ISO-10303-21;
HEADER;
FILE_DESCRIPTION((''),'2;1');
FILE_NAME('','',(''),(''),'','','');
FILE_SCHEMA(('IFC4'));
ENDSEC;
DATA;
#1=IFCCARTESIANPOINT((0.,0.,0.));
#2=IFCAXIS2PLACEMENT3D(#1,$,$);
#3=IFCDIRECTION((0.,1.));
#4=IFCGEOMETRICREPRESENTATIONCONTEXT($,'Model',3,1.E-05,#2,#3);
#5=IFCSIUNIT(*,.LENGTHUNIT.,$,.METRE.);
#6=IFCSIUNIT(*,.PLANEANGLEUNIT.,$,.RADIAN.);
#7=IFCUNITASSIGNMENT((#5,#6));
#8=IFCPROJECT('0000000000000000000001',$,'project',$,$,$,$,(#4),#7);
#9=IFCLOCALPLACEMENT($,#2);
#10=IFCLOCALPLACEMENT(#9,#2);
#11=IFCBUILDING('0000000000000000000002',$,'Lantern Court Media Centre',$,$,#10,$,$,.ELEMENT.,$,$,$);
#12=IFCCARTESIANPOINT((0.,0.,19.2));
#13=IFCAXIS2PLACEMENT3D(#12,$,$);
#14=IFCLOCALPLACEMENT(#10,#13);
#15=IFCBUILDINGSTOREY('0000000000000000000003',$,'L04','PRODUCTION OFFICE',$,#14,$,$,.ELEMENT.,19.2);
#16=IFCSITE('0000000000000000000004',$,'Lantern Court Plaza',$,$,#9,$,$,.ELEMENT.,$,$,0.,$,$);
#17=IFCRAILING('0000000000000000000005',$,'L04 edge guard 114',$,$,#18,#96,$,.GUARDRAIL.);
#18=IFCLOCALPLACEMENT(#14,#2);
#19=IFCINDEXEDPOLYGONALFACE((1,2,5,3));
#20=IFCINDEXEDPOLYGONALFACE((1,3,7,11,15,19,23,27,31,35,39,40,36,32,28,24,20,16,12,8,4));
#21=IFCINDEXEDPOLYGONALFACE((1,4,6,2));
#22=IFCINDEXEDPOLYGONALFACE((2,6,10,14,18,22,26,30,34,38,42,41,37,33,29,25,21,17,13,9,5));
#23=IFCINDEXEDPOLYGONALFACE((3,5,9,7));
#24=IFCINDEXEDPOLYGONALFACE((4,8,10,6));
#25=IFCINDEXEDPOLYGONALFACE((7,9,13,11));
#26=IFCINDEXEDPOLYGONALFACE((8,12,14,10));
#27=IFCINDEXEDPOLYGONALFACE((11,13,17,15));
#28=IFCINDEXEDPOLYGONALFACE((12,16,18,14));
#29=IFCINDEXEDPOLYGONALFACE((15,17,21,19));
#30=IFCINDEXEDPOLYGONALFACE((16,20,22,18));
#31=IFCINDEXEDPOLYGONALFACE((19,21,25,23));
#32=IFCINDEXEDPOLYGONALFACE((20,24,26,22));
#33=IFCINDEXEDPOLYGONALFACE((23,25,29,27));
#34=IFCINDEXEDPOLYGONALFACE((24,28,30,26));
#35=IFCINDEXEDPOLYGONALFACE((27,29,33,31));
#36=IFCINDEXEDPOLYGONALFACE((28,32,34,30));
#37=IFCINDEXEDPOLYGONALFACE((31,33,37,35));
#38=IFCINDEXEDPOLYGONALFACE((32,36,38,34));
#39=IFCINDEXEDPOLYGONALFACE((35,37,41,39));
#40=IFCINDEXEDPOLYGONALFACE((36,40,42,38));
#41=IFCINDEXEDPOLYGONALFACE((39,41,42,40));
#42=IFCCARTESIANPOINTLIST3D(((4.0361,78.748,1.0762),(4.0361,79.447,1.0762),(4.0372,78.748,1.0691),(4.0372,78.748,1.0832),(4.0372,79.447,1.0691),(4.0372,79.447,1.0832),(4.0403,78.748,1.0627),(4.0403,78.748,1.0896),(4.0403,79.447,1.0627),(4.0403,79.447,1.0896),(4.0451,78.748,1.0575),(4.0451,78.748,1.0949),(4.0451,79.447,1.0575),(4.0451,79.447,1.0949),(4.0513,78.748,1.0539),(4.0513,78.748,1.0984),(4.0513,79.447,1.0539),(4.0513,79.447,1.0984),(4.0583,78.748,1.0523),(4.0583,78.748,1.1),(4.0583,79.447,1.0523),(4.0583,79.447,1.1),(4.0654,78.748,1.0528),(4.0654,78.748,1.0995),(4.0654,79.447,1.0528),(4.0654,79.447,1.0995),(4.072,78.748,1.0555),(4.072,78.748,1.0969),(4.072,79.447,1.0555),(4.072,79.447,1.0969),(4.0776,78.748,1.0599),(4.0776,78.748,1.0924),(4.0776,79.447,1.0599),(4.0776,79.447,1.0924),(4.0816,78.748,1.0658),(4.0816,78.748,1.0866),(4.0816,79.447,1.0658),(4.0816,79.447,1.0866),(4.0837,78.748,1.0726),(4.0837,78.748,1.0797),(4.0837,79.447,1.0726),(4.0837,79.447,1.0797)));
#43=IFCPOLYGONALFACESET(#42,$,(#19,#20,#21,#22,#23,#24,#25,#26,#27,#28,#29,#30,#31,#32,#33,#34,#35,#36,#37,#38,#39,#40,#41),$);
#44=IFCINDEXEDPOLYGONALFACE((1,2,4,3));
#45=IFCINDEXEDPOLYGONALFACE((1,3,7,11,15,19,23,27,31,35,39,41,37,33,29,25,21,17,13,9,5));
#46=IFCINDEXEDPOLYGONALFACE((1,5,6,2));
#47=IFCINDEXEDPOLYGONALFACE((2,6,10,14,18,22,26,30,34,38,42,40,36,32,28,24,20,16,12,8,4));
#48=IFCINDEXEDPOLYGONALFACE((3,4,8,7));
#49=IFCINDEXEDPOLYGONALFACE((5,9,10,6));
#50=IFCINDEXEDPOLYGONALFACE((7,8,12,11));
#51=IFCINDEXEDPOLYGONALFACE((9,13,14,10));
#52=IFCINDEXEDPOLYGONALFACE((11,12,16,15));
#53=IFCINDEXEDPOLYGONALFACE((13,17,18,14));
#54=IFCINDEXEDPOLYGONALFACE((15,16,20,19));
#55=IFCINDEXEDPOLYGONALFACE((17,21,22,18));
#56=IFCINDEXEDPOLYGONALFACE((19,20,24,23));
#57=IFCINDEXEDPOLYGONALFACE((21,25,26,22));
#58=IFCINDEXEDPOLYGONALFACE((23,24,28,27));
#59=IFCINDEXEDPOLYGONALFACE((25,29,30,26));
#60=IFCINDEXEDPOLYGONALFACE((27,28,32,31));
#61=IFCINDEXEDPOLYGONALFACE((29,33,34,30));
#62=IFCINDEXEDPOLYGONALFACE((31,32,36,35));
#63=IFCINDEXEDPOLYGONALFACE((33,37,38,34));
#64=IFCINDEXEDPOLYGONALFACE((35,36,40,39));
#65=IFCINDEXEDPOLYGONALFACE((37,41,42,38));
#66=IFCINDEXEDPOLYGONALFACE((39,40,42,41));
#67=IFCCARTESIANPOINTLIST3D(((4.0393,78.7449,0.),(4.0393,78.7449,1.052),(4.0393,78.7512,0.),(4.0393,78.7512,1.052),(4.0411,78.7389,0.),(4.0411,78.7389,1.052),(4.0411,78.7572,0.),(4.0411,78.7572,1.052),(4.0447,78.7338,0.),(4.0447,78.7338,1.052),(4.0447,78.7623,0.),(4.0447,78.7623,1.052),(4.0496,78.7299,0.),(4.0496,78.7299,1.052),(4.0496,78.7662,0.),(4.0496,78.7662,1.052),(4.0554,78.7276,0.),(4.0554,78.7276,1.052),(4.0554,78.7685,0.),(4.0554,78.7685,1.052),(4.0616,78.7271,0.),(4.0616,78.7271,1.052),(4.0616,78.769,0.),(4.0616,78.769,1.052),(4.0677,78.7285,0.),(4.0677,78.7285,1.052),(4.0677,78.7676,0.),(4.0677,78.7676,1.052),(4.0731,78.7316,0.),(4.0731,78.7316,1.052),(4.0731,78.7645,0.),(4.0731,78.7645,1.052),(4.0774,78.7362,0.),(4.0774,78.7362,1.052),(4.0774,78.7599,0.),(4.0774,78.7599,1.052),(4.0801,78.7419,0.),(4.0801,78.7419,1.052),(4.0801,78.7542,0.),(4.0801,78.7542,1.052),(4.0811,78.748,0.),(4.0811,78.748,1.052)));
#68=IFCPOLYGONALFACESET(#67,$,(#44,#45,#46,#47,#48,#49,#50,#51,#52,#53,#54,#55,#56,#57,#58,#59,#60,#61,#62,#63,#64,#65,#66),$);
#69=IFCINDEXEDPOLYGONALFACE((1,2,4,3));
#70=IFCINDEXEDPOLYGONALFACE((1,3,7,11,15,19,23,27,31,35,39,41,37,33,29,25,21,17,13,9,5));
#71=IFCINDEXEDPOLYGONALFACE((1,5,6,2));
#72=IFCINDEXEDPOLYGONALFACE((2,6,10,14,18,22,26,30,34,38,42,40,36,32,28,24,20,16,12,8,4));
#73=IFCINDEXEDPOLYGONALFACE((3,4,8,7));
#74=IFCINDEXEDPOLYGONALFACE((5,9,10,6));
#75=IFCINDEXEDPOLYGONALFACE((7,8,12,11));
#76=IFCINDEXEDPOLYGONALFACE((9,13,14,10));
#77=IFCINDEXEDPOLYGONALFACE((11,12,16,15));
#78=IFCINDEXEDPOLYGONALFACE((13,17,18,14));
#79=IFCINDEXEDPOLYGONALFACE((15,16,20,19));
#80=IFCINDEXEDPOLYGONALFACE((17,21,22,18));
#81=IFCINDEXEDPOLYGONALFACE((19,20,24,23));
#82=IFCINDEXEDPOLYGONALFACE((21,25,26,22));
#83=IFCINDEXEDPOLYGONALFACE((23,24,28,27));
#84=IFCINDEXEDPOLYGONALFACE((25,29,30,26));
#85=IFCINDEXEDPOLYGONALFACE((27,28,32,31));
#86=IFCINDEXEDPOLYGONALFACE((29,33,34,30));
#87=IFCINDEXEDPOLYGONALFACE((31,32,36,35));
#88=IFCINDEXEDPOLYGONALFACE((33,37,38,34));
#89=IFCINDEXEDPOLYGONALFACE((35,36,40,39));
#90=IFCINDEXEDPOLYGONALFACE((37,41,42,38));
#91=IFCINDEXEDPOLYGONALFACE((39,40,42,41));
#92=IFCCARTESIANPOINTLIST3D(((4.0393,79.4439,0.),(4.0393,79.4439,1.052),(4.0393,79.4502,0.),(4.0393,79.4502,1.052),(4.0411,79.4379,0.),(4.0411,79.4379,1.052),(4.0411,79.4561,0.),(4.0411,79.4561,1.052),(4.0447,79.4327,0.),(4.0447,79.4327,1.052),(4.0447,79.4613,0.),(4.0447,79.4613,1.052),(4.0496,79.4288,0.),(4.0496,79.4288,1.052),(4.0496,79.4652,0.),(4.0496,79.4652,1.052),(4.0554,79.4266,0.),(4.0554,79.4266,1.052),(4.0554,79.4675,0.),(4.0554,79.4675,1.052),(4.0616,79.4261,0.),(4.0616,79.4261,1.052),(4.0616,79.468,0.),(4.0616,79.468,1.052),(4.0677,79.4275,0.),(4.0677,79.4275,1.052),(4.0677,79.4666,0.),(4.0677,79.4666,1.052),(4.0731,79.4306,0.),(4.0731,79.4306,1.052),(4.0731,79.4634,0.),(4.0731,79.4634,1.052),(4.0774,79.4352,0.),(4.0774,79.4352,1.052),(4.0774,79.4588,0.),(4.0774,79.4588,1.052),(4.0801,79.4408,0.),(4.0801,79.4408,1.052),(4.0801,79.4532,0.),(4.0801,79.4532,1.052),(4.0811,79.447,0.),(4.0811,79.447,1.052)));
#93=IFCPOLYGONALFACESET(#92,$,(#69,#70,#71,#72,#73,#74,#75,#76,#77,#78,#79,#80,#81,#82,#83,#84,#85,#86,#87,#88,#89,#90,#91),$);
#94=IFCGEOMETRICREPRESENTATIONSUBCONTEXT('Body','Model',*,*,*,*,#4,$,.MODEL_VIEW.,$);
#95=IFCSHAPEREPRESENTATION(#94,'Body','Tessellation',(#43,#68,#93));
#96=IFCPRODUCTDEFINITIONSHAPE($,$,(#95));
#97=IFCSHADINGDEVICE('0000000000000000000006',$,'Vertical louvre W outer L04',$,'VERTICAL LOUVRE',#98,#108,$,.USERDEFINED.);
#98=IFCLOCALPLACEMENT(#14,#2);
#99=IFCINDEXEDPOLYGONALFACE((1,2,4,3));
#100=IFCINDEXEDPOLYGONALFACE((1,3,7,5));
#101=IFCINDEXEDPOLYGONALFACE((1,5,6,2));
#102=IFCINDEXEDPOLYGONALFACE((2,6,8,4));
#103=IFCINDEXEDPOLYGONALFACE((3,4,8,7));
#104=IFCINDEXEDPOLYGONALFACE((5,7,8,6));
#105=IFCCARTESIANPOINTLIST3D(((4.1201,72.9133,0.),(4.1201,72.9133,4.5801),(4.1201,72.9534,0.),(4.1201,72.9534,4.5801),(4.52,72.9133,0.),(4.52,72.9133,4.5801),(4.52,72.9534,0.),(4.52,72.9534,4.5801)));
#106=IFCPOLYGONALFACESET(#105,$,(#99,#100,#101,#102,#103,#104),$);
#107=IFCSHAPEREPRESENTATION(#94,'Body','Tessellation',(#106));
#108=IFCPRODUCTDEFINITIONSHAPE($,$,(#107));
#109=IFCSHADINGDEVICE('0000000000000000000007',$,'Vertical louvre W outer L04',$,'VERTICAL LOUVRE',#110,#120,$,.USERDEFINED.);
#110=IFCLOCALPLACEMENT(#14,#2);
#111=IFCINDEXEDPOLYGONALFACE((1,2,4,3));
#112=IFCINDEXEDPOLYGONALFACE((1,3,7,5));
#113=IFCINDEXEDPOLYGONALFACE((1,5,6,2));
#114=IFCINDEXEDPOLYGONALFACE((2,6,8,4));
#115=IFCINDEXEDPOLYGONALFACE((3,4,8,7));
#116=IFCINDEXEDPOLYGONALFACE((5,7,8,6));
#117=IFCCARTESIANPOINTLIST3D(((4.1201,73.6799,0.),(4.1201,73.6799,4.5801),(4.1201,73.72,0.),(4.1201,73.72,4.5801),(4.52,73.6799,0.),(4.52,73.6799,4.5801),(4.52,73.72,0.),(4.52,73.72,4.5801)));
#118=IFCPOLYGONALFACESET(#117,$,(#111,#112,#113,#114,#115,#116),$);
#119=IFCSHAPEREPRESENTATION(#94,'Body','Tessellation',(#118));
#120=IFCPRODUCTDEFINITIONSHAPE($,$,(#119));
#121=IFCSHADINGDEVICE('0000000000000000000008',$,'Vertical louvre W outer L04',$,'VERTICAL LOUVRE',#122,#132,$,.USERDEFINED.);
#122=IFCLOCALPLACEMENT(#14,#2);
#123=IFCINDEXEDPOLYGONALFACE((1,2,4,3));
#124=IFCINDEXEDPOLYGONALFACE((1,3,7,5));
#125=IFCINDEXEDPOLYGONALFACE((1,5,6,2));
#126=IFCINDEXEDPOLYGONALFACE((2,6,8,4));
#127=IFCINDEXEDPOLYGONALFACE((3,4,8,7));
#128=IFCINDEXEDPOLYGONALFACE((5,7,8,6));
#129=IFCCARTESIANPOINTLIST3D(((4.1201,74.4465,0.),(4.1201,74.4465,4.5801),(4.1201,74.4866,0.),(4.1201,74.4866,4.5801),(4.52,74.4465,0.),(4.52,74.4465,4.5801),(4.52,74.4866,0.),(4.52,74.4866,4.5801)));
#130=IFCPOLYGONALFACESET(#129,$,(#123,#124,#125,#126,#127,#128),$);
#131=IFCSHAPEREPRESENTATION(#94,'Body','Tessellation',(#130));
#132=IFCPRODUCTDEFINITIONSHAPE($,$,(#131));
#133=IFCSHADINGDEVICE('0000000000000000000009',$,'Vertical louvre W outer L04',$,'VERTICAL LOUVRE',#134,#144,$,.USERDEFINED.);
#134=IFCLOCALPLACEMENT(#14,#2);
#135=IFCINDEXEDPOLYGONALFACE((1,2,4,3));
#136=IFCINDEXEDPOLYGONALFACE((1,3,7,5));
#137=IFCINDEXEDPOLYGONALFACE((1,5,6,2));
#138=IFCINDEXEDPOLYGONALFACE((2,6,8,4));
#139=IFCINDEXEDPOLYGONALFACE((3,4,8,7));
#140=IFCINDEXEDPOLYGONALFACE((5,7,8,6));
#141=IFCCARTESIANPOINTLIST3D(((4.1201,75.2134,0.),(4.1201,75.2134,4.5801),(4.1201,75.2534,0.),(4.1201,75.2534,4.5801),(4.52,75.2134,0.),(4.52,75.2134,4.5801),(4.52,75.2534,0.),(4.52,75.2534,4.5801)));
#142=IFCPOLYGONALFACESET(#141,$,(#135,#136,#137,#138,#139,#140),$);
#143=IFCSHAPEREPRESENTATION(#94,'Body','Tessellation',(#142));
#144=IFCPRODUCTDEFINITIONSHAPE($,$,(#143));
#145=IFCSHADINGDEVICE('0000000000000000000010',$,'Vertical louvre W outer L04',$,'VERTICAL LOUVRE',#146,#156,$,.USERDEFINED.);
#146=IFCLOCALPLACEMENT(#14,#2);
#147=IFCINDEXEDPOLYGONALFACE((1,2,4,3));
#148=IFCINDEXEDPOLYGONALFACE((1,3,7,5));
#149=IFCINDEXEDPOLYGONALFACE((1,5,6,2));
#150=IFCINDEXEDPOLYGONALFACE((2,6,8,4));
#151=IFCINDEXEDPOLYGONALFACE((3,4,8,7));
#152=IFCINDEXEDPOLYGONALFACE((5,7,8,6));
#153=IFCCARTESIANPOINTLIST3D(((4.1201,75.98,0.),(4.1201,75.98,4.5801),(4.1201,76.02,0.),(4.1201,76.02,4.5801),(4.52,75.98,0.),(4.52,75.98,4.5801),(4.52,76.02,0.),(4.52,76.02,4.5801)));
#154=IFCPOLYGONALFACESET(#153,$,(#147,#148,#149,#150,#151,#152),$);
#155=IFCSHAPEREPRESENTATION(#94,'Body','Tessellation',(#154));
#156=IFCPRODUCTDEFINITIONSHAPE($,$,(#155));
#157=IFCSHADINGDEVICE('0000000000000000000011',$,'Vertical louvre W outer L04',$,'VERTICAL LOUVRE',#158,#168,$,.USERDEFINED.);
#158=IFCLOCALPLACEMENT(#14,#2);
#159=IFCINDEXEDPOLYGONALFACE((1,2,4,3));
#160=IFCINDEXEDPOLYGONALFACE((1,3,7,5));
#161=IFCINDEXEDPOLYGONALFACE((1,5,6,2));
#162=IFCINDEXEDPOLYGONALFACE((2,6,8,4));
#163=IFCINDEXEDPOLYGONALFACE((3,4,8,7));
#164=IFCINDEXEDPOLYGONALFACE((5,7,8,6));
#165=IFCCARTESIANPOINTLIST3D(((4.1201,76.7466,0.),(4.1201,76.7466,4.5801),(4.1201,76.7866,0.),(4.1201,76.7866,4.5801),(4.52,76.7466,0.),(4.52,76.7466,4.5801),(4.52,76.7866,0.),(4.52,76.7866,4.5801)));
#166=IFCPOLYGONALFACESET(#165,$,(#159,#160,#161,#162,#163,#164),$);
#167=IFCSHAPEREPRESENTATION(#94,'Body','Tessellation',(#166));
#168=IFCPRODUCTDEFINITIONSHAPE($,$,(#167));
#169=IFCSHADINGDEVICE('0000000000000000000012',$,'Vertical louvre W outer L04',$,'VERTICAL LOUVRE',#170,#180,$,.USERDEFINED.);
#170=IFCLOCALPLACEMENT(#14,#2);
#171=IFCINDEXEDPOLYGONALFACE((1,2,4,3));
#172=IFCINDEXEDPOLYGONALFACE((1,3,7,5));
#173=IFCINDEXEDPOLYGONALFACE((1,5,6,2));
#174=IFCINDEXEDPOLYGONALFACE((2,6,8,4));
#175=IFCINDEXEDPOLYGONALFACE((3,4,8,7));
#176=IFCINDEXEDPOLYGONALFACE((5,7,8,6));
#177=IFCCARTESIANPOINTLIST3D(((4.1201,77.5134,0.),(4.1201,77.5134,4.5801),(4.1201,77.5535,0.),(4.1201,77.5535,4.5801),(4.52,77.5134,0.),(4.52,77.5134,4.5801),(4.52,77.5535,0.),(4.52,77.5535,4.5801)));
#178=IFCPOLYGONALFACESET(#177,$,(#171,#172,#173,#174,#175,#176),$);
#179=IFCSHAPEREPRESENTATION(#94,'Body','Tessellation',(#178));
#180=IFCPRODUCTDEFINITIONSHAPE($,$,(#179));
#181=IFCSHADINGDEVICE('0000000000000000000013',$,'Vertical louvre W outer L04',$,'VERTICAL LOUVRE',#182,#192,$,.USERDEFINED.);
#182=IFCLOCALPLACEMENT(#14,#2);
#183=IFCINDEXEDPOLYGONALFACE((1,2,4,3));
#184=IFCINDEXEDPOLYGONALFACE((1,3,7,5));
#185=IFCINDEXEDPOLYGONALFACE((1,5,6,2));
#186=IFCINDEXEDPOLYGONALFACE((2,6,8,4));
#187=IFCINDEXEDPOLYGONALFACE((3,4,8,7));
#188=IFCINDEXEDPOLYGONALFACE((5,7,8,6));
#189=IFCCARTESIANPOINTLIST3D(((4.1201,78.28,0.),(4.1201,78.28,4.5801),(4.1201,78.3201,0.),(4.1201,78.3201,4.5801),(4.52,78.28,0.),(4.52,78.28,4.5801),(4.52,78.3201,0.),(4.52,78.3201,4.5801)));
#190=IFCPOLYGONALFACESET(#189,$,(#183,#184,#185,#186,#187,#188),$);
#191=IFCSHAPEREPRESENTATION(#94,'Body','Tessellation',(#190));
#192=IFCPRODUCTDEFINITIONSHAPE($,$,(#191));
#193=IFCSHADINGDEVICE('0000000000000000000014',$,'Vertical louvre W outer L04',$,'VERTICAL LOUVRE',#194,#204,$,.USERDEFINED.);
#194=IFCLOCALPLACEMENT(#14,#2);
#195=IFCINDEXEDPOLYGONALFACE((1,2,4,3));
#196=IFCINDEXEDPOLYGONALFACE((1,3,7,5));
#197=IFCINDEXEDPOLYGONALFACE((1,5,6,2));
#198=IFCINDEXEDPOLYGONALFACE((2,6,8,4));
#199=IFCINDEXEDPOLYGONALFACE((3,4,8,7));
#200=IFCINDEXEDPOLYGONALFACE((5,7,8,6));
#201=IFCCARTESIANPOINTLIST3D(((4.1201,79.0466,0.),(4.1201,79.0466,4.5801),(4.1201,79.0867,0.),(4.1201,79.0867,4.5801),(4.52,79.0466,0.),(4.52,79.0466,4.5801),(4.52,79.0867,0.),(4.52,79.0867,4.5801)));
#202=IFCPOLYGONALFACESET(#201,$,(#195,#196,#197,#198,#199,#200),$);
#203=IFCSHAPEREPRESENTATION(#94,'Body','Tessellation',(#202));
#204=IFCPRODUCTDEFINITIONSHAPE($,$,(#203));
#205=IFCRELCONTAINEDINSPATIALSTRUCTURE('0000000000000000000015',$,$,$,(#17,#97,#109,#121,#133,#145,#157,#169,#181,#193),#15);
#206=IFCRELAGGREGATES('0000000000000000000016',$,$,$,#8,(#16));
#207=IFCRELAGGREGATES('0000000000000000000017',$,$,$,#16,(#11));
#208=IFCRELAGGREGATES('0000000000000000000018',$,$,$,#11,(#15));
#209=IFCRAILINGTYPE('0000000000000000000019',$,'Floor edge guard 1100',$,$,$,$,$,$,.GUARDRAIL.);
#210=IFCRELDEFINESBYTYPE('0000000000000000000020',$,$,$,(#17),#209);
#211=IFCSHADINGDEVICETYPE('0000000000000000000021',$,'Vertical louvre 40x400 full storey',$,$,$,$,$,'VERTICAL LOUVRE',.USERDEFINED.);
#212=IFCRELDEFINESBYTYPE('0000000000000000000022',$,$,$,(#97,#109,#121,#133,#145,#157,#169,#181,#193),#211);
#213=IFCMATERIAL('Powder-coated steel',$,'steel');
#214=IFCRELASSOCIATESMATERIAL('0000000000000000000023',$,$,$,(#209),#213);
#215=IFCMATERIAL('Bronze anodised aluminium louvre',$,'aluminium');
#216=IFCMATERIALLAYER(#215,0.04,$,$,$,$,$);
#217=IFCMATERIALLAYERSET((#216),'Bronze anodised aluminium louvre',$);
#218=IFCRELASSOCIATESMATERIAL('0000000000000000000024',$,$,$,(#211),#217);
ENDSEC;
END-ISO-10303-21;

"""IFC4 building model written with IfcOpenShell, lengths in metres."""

from ifc_helpers import new_model, si_unit, direction, frame, origin, origin_2d, place, context, subcontext, project, spatial, rectangle, circle, extrude, material, layer, layer_set, type_object, element, save


model = new_model("IFC4")

# Units and contexts
model_context = context("Model", 3, precision=1e-05, world=origin(), true_north=direction((0.0, 1.0)))
body_context = subcontext(model_context, "Body", "Model", "MODEL_VIEW")
ifc_project = project(units=[si_unit("LENGTHUNIT", "METRE"), si_unit("PLANEANGLEUNIT", "RADIAN")], contexts=[model_context])

# Site, building, storey
site_placement = place(None, origin())
site = spatial("IfcSite", under=ifc_project, at=site_placement, Name="Lantern Court Plaza", CompositionType="ELEMENT", RefElevation=0.0)
building_placement = place(site_placement, origin())
building = spatial("IfcBuilding", under=site, at=building_placement, Name="Lantern Court Media Centre", CompositionType="ELEMENT")
storey_placement = place(building_placement, frame((0.0, 0.0, 19.2)))
storey = spatial("IfcBuildingStorey", under=building, at=storey_placement, Name="L04", Description="PRODUCTION OFFICE", CompositionType="ELEMENT", Elevation=19.2)

# Railing
ifc_material_1 = material(Name="Powder-coated steel", Category="steel")
railing_type = type_object("IfcRailingType", Name="Floor edge guard 1100", PredefinedType="GUARDRAIL", material=ifc_material_1)
railing_1_placement = place(storey_placement, frame((4.0601, 78.748, 0.0)))
element("IfcRailing", 1, at=railing_1_placement, inside=storey, type_object=railing_type, Name="L04 edge guard 114", PredefinedType="GUARDRAIL", context=body_context, shape_type="SweptSolid", body=[
    extrude(circle(Radius=0.0239, at=origin_2d()), frame((0.0, 0.0, 1.0762), z_axis=(0.0, 1.0, 0.0), x_axis=(-1.0, 0.0, 0.0)), (0.0, 0.0, 1.0), 0.699),
    extrude(circle(Radius=0.021, at=origin_2d()), origin(), (0.0, 0.0, 1.0), 1.052),
    extrude(circle(Radius=0.021, at=origin_2d()), frame((0.0, 0.699, 0.0)), (0.0, 0.0, 1.0), 1.052),
])

# Shading devices
ifc_material_2 = material(Name="Bronze anodised aluminium louvre", Category="aluminium")
ifc_layer_1 = layer(ifc_material_2, 0.04)
ifc_layer_set_1 = layer_set([ifc_layer_1], Name="Bronze anodised aluminium louvre")
shading_device_type = type_object("IfcShadingDeviceType", Name="Vertical louvre 40x400 full storey", ElementType="VERTICAL LOUVRE", PredefinedType="USERDEFINED", material=ifc_layer_set_1)
for number, where, z_axis, x_axis, name in (
    (2, (4.3201, 72.9333, 0.0), (0.0, 0.0, 1.0), (1.0, 0.0, 0.0), "Vertical louvre W outer L04"),
    (3, (4.3201, 73.7, 0.0), (0.0, 0.0, 1.0), (1.0, 0.0, 0.0), "Vertical louvre W outer L04"),
    (4, (4.3201, 74.4666, 0.0), (0.0, 0.0, 1.0), (1.0, 0.0, 0.0), "Vertical louvre W outer L04"),
    (5, (4.3201, 75.2334, 0.0), (0.0, 0.0, 1.0), (1.0, 0.0, 0.0), "Vertical louvre W outer L04"),
    (6, (4.3201, 76.0, 0.0), (0.0, 0.0, 1.0), (1.0, 0.0, 0.0), "Vertical louvre W outer L04"),
    (7, (4.3201, 76.7666, 0.0), (0.0, 0.0, 1.0), (1.0, 0.0, 0.0), "Vertical louvre W outer L04"),
    (8, (4.3201, 77.5334, 0.0), (0.0, 0.0, 1.0), (1.0, 0.0, 0.0), "Vertical louvre W outer L04"),
    (9, (4.3201, 78.3, 0.0), (0.0, 0.0, 1.0), (1.0, 0.0, 0.0), "Vertical louvre W outer L04"),
    (10, (4.3201, 79.0667, 0.0), (0.0, 0.0, 1.0), (1.0, 0.0, 0.0), "Vertical louvre W outer L04"),
):
    element("IfcShadingDevice", number, at=place(storey_placement, frame(where, z_axis=z_axis, x_axis=x_axis)), inside=storey, type_object=shading_device_type, Name=name, ObjectType="VERTICAL LOUVRE", PredefinedType="USERDEFINED", context=body_context, shape_type="SweptSolid", body=[
        extrude(rectangle(XDim=0.3999, YDim=0.04, at=origin_2d()), origin(), (0.0, 0.0, 1.0), 4.5801),
    ])

save(model, "model.ifc")
